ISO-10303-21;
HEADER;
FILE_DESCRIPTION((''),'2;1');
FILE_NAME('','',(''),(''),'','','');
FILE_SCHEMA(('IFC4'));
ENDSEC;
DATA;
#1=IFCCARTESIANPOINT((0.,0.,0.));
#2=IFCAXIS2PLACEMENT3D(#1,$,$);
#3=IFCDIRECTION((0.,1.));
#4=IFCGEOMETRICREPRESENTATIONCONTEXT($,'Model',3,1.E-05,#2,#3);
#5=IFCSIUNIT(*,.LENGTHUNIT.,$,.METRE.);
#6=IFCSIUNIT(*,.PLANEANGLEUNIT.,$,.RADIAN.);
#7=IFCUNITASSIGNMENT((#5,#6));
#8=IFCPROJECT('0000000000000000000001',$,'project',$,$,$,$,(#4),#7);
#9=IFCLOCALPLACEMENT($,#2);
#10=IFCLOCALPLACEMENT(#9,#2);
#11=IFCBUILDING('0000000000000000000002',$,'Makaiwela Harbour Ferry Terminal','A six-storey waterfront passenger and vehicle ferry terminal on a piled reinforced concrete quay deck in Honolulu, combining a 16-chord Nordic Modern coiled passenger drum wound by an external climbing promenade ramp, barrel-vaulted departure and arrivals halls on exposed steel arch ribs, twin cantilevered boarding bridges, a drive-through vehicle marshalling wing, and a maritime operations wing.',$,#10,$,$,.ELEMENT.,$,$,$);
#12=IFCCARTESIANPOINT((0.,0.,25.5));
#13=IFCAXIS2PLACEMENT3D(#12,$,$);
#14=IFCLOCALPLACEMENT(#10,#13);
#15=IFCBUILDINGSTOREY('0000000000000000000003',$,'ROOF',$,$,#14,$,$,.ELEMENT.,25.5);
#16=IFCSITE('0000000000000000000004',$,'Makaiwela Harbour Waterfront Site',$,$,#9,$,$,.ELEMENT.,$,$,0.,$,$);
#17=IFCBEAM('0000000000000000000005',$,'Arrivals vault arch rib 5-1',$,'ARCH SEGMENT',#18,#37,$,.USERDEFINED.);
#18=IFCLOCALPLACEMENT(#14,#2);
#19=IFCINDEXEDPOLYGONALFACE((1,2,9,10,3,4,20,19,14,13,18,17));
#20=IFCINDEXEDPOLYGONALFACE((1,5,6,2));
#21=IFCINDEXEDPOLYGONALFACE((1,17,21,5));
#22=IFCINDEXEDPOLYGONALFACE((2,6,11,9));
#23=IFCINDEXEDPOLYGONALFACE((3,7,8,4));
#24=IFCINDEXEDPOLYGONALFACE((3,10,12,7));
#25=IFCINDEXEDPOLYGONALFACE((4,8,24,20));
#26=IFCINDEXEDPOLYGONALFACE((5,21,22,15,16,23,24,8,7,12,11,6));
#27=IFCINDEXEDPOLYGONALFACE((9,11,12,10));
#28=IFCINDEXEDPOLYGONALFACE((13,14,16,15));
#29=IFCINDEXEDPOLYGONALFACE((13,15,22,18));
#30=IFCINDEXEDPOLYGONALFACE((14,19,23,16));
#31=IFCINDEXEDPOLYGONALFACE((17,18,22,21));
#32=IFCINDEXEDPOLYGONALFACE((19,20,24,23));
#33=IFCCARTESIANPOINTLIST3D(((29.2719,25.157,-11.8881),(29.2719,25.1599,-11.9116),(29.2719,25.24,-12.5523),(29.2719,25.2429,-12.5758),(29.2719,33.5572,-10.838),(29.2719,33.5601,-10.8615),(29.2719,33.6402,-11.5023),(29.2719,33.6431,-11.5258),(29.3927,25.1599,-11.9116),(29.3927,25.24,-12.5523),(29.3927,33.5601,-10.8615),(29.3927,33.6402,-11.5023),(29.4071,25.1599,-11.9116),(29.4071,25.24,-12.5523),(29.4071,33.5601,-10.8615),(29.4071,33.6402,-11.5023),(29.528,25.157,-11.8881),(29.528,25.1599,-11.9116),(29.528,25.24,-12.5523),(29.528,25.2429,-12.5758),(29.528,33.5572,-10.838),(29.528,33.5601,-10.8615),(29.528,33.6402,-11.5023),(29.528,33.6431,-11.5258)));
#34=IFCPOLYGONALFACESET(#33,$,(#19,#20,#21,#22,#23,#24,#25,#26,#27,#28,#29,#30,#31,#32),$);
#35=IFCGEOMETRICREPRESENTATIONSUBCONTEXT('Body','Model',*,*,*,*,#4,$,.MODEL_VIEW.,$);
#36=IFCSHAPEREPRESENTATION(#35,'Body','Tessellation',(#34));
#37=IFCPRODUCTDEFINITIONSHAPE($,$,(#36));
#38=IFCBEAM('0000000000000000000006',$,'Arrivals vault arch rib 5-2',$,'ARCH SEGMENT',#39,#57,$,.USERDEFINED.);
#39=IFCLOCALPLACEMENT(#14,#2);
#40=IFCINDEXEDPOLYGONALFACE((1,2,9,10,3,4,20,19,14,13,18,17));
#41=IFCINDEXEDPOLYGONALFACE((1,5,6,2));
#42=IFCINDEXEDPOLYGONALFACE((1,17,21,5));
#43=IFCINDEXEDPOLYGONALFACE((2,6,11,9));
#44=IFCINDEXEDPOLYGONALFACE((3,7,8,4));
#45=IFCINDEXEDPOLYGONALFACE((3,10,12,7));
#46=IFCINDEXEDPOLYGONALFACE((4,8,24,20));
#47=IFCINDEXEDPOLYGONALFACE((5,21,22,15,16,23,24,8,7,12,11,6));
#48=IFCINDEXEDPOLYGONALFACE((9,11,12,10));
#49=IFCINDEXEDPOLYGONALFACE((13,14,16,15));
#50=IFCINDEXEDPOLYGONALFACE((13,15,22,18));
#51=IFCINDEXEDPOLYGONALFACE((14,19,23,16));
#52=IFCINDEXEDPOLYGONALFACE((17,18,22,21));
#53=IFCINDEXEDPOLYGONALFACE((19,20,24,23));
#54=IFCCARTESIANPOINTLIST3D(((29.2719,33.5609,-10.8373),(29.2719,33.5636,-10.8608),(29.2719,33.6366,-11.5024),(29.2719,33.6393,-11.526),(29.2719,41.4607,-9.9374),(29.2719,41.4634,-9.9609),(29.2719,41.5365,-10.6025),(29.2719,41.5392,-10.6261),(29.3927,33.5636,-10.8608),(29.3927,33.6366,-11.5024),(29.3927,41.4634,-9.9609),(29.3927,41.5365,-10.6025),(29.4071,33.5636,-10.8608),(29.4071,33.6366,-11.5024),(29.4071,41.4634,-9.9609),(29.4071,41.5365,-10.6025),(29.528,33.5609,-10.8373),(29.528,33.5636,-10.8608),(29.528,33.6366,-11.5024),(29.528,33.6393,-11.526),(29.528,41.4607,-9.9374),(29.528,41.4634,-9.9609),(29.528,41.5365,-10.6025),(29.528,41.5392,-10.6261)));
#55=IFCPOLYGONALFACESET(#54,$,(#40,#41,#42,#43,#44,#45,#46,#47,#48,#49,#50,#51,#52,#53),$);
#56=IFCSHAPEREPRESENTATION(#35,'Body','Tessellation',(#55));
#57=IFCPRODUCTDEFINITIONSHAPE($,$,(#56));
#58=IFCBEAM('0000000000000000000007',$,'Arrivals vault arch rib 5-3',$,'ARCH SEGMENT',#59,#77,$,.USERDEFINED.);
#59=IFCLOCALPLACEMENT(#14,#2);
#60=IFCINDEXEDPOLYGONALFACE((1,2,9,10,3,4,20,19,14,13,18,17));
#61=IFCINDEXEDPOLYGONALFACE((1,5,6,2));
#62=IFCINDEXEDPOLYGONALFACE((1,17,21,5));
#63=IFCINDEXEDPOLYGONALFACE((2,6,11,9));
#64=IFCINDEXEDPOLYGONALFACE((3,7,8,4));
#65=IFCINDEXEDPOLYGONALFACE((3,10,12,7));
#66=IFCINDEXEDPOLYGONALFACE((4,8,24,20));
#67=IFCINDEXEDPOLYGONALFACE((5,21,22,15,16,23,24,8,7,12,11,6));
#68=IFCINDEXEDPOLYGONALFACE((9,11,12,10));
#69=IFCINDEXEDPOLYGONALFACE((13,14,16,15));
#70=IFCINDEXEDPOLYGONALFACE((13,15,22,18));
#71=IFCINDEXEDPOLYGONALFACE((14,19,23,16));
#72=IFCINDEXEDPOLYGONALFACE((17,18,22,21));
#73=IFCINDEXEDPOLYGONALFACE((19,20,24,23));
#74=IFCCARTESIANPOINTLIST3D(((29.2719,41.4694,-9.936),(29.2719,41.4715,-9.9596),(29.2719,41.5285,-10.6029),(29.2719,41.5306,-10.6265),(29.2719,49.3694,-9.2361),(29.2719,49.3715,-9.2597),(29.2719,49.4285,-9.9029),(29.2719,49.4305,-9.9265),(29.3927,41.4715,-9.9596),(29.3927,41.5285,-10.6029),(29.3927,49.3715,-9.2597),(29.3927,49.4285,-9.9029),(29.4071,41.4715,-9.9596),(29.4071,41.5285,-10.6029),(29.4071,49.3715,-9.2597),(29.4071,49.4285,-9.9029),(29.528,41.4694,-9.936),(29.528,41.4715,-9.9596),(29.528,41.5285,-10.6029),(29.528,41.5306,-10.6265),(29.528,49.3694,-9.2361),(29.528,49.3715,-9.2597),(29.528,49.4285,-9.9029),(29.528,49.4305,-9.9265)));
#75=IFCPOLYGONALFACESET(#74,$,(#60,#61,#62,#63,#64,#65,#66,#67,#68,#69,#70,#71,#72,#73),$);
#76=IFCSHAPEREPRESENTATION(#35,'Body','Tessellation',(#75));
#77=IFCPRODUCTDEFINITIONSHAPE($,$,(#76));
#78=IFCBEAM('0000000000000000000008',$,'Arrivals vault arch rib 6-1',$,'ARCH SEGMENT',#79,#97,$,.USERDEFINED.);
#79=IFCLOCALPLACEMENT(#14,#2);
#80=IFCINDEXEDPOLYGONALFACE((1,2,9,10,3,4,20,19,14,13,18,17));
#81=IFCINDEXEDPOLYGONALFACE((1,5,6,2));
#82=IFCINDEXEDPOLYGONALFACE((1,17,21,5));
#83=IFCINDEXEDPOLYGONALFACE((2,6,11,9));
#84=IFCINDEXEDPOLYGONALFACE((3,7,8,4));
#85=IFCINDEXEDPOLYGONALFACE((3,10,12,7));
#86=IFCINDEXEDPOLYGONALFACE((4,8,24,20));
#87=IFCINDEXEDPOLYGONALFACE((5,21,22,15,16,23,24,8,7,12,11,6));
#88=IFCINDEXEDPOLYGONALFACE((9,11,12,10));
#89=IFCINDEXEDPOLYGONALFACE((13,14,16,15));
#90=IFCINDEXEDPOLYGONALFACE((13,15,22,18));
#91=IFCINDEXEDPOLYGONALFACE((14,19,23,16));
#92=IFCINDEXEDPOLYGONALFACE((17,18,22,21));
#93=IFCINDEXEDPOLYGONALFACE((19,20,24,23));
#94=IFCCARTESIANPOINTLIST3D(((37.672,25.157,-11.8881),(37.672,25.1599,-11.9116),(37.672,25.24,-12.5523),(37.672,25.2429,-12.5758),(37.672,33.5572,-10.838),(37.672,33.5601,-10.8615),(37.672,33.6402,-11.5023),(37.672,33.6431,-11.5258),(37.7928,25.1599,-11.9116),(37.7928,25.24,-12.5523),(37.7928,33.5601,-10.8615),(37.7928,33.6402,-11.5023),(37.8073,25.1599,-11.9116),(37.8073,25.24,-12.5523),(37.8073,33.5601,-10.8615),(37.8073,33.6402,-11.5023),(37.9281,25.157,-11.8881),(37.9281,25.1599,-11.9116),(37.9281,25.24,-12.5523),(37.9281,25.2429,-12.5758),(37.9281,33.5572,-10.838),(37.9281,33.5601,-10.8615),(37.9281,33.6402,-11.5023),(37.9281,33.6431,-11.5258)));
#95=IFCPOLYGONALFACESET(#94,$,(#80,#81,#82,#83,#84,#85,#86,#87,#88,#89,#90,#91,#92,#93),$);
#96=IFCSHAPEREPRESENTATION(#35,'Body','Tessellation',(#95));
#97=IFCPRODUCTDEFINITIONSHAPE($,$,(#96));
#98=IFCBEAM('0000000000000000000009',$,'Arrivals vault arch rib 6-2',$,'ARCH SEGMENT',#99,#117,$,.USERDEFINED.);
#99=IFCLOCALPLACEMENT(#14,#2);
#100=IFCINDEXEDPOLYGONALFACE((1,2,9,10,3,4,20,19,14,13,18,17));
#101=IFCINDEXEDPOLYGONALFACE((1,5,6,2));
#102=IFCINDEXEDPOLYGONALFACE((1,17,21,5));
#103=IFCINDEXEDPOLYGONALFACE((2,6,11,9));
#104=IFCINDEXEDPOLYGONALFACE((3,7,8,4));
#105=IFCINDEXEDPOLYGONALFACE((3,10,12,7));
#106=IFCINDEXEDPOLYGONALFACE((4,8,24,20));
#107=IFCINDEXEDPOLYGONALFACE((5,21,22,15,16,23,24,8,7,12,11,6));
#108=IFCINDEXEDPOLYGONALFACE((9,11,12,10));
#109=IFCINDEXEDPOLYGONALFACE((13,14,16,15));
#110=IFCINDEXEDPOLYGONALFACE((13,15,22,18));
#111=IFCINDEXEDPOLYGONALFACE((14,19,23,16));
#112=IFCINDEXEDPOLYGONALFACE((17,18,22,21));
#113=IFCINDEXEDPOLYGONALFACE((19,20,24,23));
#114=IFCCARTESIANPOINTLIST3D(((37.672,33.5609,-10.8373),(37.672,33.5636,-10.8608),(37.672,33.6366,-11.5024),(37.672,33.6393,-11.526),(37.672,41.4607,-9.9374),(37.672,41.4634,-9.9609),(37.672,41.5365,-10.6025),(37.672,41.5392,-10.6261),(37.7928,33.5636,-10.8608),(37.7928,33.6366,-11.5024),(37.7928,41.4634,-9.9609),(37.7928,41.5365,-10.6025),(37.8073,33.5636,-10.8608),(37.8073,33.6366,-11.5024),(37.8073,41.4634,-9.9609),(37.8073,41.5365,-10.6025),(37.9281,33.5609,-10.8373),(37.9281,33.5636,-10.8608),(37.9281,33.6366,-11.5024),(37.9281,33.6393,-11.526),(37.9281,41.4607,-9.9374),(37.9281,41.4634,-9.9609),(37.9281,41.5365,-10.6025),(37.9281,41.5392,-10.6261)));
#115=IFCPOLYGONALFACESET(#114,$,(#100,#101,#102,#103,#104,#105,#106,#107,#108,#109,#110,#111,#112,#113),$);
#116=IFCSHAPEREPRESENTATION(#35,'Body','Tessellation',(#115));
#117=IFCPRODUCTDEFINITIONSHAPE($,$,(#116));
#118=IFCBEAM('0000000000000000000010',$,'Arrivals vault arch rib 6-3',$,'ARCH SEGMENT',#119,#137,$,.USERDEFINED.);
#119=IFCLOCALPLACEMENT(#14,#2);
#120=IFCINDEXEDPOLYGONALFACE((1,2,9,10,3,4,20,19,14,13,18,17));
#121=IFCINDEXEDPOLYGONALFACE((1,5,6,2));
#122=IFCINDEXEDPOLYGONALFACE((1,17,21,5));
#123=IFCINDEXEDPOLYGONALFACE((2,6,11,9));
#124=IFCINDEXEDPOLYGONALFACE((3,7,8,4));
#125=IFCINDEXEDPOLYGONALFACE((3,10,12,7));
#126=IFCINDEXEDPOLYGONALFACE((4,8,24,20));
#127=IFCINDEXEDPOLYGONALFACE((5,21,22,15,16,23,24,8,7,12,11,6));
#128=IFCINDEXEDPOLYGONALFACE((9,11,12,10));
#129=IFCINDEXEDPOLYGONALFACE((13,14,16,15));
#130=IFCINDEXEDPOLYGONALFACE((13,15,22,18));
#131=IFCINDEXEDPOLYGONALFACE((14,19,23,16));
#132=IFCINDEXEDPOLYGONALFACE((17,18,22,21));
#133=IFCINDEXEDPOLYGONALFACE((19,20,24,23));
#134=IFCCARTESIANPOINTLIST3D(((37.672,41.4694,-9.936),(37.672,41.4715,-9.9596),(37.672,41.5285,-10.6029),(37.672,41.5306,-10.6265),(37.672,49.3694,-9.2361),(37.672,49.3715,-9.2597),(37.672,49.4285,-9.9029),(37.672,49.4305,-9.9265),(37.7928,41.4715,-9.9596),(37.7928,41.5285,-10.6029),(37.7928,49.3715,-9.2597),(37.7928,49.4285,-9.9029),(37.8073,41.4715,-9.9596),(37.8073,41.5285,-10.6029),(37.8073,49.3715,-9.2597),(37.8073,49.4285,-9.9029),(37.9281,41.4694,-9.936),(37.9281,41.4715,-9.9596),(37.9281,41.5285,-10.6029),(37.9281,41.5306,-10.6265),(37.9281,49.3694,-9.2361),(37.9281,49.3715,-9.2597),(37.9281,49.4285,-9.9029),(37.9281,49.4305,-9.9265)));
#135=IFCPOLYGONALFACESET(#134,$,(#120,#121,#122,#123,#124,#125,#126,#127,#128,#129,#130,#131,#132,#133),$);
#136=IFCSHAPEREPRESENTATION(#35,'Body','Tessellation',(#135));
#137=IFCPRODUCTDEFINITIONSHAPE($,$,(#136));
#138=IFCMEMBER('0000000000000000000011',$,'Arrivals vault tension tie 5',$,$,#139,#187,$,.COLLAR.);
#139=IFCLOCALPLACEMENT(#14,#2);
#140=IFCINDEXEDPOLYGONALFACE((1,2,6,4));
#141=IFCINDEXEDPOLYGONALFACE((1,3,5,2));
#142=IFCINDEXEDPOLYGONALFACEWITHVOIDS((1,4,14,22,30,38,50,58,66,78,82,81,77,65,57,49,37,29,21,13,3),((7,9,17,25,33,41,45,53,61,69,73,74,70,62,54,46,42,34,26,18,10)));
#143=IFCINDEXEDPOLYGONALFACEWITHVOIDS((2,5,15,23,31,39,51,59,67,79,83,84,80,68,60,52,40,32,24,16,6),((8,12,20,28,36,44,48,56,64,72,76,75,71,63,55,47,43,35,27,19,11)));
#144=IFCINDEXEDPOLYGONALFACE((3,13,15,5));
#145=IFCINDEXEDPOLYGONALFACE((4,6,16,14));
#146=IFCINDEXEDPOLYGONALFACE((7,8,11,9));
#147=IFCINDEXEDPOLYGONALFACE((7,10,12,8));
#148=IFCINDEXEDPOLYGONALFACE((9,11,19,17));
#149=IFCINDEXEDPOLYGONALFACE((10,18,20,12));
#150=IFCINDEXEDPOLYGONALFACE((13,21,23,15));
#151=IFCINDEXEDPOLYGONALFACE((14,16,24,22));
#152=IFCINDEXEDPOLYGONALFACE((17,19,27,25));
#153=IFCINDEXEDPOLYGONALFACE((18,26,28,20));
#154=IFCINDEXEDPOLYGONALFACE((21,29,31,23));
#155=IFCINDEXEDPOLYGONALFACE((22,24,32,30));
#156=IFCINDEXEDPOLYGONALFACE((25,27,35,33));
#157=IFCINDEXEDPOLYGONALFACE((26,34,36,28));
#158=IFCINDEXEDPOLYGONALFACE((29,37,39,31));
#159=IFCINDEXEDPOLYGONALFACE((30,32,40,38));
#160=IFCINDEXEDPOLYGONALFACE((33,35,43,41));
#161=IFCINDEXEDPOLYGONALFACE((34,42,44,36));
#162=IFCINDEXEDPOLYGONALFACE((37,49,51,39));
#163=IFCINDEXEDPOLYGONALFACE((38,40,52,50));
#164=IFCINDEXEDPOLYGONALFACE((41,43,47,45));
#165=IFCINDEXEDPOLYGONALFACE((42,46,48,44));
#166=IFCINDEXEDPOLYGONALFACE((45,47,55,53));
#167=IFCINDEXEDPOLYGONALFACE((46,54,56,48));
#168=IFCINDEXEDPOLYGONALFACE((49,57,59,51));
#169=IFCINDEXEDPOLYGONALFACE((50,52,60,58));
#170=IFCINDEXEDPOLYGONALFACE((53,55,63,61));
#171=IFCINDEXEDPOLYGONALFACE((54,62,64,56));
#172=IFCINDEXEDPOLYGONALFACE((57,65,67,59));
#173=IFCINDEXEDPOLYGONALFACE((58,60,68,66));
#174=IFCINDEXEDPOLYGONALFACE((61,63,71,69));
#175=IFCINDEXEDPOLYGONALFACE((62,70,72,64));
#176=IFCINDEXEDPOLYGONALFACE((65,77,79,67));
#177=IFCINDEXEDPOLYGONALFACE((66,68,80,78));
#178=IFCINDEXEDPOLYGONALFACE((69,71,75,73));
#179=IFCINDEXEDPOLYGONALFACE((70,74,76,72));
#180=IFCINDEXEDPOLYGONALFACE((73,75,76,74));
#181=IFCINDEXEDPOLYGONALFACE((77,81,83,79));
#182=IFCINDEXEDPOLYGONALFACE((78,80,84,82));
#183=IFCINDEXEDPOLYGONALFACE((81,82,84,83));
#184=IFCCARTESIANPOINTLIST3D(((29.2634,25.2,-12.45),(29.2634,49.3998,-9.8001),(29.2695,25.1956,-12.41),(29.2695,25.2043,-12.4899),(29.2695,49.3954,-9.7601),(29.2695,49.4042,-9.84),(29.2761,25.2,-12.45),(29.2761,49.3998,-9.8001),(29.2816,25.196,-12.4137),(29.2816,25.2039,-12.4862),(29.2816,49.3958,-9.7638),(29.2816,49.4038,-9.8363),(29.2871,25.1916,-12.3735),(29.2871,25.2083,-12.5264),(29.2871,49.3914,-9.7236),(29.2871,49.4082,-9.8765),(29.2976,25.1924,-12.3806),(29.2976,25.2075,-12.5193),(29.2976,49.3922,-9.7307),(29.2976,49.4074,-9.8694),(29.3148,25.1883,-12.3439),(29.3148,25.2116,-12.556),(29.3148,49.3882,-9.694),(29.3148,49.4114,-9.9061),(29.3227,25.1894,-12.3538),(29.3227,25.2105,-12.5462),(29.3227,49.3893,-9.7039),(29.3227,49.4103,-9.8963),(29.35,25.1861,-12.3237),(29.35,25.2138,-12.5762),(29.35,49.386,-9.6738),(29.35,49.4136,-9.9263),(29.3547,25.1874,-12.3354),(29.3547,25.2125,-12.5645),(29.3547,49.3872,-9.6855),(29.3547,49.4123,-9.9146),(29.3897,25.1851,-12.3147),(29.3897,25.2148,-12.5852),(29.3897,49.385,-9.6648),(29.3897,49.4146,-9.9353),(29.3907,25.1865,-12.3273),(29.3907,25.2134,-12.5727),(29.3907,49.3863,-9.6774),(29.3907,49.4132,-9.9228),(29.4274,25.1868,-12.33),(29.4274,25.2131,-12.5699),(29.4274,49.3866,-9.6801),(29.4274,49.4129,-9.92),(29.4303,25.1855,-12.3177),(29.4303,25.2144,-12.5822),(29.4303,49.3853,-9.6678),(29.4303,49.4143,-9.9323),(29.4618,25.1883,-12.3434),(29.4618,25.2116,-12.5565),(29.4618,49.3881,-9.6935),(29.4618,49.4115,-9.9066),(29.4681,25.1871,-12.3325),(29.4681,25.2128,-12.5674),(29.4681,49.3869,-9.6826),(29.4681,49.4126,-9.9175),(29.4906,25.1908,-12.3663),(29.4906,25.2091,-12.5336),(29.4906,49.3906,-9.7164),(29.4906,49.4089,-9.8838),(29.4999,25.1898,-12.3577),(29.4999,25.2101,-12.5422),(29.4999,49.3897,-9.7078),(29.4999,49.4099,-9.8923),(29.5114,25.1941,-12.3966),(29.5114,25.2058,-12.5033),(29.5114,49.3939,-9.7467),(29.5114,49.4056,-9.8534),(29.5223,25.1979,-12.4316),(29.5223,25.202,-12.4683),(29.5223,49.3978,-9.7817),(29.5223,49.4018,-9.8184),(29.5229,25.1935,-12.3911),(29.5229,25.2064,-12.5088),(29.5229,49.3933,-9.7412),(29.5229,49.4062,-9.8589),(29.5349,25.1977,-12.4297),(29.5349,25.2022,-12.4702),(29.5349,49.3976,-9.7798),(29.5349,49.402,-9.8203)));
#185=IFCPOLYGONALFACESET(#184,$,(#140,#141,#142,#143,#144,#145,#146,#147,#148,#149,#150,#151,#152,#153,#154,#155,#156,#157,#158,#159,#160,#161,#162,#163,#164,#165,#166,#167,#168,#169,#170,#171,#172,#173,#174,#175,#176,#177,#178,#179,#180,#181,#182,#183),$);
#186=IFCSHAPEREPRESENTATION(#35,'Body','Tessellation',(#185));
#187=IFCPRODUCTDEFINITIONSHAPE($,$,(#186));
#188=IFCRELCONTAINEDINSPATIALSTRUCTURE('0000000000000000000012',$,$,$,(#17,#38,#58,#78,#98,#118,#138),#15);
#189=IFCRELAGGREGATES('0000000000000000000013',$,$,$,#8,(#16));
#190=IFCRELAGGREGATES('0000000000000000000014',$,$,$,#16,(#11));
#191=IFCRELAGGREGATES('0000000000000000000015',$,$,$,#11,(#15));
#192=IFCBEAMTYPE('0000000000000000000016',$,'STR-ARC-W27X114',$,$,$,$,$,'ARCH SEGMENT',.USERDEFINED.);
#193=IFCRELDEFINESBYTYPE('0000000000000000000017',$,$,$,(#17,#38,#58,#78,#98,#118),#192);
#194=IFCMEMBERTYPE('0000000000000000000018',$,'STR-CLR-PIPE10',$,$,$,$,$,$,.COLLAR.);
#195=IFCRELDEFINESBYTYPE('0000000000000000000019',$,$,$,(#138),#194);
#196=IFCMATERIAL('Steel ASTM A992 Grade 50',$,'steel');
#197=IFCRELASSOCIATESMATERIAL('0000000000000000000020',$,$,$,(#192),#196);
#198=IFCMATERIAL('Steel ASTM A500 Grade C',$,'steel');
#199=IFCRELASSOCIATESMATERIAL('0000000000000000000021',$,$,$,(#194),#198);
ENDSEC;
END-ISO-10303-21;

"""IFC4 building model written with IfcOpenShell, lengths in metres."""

from ifc_helpers import new_model, si_unit, direction, frame, origin, origin_2d, place, context, subcontext, project, spatial, hollow_circle, i_section, extrude, material, material_profile, profile_set, type_object, element, save


model = new_model("IFC4")

# Units and contexts
model_context = context("Model", 3, precision=1e-05, world=origin(), true_north=direction((0.0, 1.0)))
body_context = subcontext(model_context, "Body", "Model", "MODEL_VIEW")
ifc_project = project(units=[si_unit("LENGTHUNIT", "METRE"), si_unit("PLANEANGLEUNIT", "RADIAN")], contexts=[model_context])

# Site, building, storey
site_placement = place(None, origin())
site = spatial("IfcSite", under=ifc_project, at=site_placement, Name="Makaiwela Harbour Waterfront Site", CompositionType="ELEMENT", RefElevation=0.0)
building_placement = place(site_placement, origin())
building = spatial("IfcBuilding", under=site, at=building_placement, Name="Makaiwela Harbour Ferry Terminal", Description="A six-storey waterfront passenger and vehicle ferry terminal on a piled reinforced concrete quay deck in Honolulu, combining a 16-chord Nordic Modern coiled passenger drum wound by an external climbing promenade ramp, barrel-vaulted departure and arrivals halls on exposed steel arch ribs, twin cantilevered boarding bridges, a drive-through vehicle marshalling wing, and a maritime operations wing.", CompositionType="ELEMENT")
storey_placement = place(building_placement, frame((0.0, 0.0, 25.5)))
storey = spatial("IfcBuildingStorey", under=building, at=storey_placement, Name="ROOF", CompositionType="ELEMENT", Elevation=25.5)

# Beams
ifc_material_1 = material(Name="Steel ASTM A992 Grade 50", Category="steel")
ifc_material_profile_1 = material_profile(ifc_material_1, i_section(OverallWidth=0.2561, OverallDepth=0.6931, WebThickness=0.0144, FlangeThickness=0.0237, at=origin_2d()), Name="W27X114")
ifc_profile_set_1 = profile_set([ifc_material_profile_1], Name="Steel ASTM A992 Grade 50")
beam_type = type_object("IfcBeamType", Name="STR-ARC-W27X114", ElementType="ARCH SEGMENT", PredefinedType="USERDEFINED", material=ifc_profile_set_1)
beam_1_placement = place(storey_placement, frame((29.3999, 25.2, -12.2319), z_axis=(0.0, 0.992277, 0.124038), x_axis=(-1.0, 0.0, 0.0)))
element("IfcBeam", 1, at=beam_1_placement, inside=storey, type_object=beam_type, Name="Arrivals vault arch rib 5-1", ObjectType="ARCH SEGMENT", PredefinedType="USERDEFINED", context=body_context, shape_type="SweptSolid", body=[
    extrude(i_section(OverallWidth=0.2561, OverallDepth=0.6931, WebThickness=0.0144, FlangeThickness=0.0237, at=origin_2d()), origin(), (0.0, 0.0, 1.0), 8.4656),
])
beam_2_placement = place(storey_placement, frame((29.3999, 33.6001, -11.1816), z_axis=(0.0, 0.993574, 0.113181), x_axis=(-1.0, 0.0, 0.0)))
element("IfcBeam", 2, at=beam_2_placement, inside=storey, type_object=beam_type, Name="Arrivals vault arch rib 5-2", ObjectType="ARCH SEGMENT", PredefinedType="USERDEFINED", context=body_context, shape_type="SweptSolid", body=[
    extrude(i_section(OverallWidth=0.2561, OverallDepth=0.6931, WebThickness=0.0144, FlangeThickness=0.0237, at=origin_2d()), origin(), (0.0, 0.0, 1.0), 7.9509),
])
beam_3_placement = place(storey_placement, frame((29.3999, 41.5, -10.2812), z_axis=(0.0, 0.996098, 0.088257), x_axis=(-1.0, 0.0, 0.0)))
element("IfcBeam", 3, at=beam_3_placement, inside=storey, type_object=beam_type, Name="Arrivals vault arch rib 5-3", ObjectType="ARCH SEGMENT", PredefinedType="USERDEFINED", context=body_context, shape_type="SweptSolid", body=[
    extrude(i_section(OverallWidth=0.2561, OverallDepth=0.6931, WebThickness=0.0144, FlangeThickness=0.0237, at=origin_2d()), origin(), (0.0, 0.0, 1.0), 7.9309),
])
beam_4_placement = place(storey_placement, frame((37.8, 25.2, -12.2319), z_axis=(0.0, 0.992277, 0.124038), x_axis=(-1.0, 0.0, 0.0)))
element("IfcBeam", 4, at=beam_4_placement, inside=storey, type_object=beam_type, Name="Arrivals vault arch rib 6-1", ObjectType="ARCH SEGMENT", PredefinedType="USERDEFINED", context=body_context, shape_type="SweptSolid", body=[
    extrude(i_section(OverallWidth=0.2561, OverallDepth=0.6931, WebThickness=0.0144, FlangeThickness=0.0237, at=origin_2d()), origin(), (0.0, 0.0, 1.0), 8.4656),
])
beam_5_placement = place(storey_placement, frame((37.8, 33.6001, -11.1816), z_axis=(0.0, 0.993574, 0.113181), x_axis=(-1.0, 0.0, 0.0)))
element("IfcBeam", 5, at=beam_5_placement, inside=storey, type_object=beam_type, Name="Arrivals vault arch rib 6-2", ObjectType="ARCH SEGMENT", PredefinedType="USERDEFINED", context=body_context, shape_type="SweptSolid", body=[
    extrude(i_section(OverallWidth=0.2561, OverallDepth=0.6931, WebThickness=0.0144, FlangeThickness=0.0237, at=origin_2d()), origin(), (0.0, 0.0, 1.0), 7.9509),
])
beam_6_placement = place(storey_placement, frame((37.8, 41.5, -10.2812), z_axis=(0.0, 0.996098, 0.088257), x_axis=(-1.0, 0.0, 0.0)))
element("IfcBeam", 6, at=beam_6_placement, inside=storey, type_object=beam_type, Name="Arrivals vault arch rib 6-3", ObjectType="ARCH SEGMENT", PredefinedType="USERDEFINED", context=body_context, shape_type="SweptSolid", body=[
    extrude(i_section(OverallWidth=0.2561, OverallDepth=0.6931, WebThickness=0.0144, FlangeThickness=0.0237, at=origin_2d()), origin(), (0.0, 0.0, 1.0), 7.9309),
])

# Member
ifc_material_2 = material(Name="Steel ASTM A500 Grade C", Category="steel")
ifc_material_profile_2 = material_profile(ifc_material_2, hollow_circle(Radius=0.1365, WallThickness=0.0127, at=origin_2d()), Name="PIPE10XS")
ifc_profile_set_2 = profile_set([ifc_material_profile_2], Name="Steel ASTM A500 Grade C")
member_type_1 = type_object("IfcMemberType", Name="STR-CLR-PIPE10", PredefinedType="COLLAR", material=ifc_profile_set_2)
for number, where, z_axis, x_axis, name in (
    (7, (29.3999, 25.2, -12.45), (0.0, 0.994058, 0.10885), (-1.0, 0.0, 0.0), "Arrivals vault tension tie 5"),
):
    element("IfcMember", number, at=place(storey_placement, frame(where, z_axis=z_axis, x_axis=x_axis)), inside=storey, type_object=member_type_1, Name=name, PredefinedType="COLLAR", context=body_context, shape_type="SweptSolid", body=[
        extrude(hollow_circle(Radius=0.1365, WallThickness=0.0127, at=origin_2d()), origin(), (0.0, 0.0, 1.0), 24.3445),
    ])

save(model, "model.ifc")
